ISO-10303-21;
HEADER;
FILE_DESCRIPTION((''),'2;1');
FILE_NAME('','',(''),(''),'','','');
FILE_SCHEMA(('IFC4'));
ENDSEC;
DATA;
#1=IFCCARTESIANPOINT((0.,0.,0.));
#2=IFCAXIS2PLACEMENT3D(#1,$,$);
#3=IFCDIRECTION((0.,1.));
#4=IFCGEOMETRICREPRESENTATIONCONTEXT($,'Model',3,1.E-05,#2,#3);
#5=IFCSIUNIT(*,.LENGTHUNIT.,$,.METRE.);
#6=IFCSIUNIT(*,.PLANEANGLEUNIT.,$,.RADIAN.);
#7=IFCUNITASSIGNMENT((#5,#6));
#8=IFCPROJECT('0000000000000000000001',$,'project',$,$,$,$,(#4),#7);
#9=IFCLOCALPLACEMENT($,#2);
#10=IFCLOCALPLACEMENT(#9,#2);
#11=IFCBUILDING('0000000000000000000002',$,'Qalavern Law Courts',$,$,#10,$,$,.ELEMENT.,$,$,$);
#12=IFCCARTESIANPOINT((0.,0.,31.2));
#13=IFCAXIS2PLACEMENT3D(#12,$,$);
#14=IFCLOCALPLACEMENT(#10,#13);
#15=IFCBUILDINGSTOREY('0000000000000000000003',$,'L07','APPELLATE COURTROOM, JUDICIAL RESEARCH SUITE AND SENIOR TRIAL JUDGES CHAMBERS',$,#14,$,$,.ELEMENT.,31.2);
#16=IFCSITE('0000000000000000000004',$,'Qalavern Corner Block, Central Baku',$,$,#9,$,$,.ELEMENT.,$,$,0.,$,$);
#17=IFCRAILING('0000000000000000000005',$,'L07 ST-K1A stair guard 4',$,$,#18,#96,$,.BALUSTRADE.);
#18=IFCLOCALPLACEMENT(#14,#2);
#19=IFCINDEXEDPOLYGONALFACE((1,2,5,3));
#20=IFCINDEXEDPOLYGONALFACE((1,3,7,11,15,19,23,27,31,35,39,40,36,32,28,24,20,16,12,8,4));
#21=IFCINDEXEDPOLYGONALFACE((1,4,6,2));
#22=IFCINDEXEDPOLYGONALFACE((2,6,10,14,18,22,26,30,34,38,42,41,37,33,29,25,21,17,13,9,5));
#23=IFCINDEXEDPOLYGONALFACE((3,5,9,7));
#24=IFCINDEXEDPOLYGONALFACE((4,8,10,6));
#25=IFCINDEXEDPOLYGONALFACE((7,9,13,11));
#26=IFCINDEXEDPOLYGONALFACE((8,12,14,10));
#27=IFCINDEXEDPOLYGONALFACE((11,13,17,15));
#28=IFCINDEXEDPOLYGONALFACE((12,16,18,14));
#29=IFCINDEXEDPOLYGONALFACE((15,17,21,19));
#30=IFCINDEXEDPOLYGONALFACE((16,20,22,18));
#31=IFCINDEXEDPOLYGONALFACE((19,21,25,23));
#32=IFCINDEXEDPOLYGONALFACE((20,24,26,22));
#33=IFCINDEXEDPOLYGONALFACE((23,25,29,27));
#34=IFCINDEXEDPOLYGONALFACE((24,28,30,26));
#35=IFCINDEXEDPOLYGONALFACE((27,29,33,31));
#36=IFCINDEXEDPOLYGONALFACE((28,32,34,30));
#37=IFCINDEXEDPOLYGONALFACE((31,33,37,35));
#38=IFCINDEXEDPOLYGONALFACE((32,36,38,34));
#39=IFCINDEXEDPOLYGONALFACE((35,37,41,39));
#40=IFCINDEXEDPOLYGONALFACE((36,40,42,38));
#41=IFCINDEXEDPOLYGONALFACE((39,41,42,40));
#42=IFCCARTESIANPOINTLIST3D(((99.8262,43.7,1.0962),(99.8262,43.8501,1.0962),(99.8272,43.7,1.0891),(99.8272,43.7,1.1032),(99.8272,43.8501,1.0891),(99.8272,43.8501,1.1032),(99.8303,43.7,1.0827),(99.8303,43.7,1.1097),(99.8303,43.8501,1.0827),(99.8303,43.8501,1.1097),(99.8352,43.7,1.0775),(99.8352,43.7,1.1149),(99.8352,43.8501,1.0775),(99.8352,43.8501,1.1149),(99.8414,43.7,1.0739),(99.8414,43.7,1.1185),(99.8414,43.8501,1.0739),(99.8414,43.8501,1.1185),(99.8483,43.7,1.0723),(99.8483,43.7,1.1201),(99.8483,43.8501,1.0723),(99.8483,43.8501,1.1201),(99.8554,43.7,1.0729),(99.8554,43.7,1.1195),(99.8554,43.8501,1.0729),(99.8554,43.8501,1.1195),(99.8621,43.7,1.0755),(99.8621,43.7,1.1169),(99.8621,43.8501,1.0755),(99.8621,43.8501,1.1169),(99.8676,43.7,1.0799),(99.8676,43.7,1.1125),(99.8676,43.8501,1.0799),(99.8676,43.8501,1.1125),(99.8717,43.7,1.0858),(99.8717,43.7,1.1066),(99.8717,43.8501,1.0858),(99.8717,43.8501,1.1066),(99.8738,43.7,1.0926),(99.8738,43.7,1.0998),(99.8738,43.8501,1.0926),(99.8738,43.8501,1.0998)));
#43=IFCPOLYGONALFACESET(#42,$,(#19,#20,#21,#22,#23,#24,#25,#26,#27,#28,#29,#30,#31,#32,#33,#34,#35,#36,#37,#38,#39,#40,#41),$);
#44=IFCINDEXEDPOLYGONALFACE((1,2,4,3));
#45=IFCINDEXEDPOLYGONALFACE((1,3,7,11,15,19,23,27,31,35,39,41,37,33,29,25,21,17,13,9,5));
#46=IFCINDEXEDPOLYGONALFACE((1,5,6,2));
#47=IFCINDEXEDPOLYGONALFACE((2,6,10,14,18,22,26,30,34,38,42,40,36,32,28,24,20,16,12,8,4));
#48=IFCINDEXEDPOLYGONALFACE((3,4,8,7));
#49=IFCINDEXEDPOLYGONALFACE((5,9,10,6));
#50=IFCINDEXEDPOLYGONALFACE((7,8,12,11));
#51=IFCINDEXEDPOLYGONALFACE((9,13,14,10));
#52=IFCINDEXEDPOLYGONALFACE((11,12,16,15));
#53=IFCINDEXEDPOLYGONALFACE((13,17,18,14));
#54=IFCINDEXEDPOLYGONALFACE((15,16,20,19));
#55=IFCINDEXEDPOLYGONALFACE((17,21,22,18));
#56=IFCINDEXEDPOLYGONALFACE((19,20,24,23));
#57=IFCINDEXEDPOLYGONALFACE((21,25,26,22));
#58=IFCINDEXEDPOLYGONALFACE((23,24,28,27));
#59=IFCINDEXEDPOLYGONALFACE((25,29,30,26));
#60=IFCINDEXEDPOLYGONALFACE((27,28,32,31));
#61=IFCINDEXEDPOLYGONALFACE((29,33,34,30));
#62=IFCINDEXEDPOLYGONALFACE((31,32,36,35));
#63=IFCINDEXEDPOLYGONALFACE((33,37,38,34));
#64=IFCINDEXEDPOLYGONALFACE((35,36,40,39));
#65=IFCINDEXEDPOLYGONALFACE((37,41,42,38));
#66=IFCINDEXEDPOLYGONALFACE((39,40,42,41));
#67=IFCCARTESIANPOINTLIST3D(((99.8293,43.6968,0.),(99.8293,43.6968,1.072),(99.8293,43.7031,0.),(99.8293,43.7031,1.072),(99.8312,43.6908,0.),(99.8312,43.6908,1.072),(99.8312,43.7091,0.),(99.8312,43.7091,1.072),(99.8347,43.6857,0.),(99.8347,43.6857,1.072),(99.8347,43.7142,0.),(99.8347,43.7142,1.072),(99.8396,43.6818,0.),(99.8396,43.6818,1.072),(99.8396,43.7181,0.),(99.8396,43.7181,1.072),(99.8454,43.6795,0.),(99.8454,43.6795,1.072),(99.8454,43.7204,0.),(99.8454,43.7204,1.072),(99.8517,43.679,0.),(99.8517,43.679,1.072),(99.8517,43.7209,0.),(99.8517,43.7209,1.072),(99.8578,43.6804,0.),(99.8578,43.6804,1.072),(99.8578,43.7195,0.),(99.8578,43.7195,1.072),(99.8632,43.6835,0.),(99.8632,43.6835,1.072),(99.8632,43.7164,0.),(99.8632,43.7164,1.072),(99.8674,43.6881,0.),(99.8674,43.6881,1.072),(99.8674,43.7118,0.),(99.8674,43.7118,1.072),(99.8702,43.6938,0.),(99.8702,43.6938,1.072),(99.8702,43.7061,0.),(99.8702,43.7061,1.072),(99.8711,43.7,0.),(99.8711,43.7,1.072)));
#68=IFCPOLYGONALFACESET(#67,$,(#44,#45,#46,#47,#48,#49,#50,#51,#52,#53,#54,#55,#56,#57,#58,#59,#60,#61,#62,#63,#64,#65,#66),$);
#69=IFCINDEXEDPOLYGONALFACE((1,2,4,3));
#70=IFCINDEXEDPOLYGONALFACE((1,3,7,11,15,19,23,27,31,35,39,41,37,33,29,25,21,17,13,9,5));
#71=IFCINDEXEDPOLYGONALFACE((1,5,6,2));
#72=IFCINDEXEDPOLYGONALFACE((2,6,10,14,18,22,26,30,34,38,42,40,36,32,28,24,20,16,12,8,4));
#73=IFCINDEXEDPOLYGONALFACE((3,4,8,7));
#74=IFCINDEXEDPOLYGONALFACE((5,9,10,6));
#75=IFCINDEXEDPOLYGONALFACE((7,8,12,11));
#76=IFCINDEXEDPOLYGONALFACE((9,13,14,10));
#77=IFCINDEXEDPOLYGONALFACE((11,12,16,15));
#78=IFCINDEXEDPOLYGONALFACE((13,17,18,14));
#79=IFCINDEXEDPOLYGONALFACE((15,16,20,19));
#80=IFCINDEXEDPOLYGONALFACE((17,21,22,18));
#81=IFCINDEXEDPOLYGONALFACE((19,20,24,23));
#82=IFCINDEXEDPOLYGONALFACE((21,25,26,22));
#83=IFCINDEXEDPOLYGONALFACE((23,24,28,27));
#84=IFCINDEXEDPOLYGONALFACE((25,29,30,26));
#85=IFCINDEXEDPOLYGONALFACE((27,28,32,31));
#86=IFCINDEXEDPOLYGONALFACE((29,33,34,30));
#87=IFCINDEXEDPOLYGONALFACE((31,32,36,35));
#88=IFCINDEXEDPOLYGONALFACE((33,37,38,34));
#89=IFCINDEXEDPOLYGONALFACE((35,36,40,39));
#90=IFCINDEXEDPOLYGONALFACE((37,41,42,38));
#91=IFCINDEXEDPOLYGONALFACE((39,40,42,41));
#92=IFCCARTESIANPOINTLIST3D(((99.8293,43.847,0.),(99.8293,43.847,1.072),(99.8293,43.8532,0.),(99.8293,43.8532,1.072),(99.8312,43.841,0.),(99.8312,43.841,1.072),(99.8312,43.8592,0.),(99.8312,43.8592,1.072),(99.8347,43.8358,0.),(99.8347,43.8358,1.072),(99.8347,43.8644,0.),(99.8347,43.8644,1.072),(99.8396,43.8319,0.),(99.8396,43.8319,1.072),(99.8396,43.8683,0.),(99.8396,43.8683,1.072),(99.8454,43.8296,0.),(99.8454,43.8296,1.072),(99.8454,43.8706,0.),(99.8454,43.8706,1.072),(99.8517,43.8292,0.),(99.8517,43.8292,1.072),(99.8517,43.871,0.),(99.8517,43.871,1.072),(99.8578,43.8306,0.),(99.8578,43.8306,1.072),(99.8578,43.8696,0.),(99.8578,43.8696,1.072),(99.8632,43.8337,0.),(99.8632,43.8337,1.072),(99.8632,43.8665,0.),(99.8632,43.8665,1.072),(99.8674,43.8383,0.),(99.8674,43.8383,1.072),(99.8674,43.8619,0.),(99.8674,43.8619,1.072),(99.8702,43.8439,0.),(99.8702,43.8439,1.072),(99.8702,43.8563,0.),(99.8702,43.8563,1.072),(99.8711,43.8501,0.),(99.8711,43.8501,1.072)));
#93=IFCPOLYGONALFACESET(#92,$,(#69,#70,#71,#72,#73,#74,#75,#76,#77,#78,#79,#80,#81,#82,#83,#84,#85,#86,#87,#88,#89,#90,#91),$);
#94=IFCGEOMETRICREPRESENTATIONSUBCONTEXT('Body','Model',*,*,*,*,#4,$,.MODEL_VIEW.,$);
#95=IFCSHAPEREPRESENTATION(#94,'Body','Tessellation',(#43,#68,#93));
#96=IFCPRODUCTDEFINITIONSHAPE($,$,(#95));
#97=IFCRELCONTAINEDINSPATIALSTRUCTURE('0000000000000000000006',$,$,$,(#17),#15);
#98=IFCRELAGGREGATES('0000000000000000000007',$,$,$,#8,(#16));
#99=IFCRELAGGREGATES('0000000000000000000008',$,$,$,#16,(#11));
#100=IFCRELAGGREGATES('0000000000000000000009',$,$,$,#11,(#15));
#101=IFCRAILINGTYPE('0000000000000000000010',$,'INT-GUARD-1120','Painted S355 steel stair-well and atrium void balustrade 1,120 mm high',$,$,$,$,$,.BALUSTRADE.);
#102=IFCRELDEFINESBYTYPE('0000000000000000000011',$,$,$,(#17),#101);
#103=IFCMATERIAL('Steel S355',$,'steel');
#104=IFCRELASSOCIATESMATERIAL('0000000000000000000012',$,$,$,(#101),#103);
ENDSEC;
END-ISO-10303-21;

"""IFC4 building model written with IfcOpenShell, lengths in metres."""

from ifc_helpers import new_model, si_unit, direction, frame, origin, origin_2d, place, context, subcontext, project, spatial, circle, extrude, material, type_object, element, save


model = new_model("IFC4")

# Units and contexts
model_context = context("Model", 3, precision=1e-05, world=origin(), true_north=direction((0.0, 1.0)))
body_context = subcontext(model_context, "Body", "Model", "MODEL_VIEW")
ifc_project = project(units=[si_unit("LENGTHUNIT", "METRE"), si_unit("PLANEANGLEUNIT", "RADIAN")], contexts=[model_context])

# Site, building, storey
site_placement = place(None, origin())
site = spatial("IfcSite", under=ifc_project, at=site_placement, Name="Qalavern Corner Block, Central Baku", CompositionType="ELEMENT", RefElevation=0.0)
building_placement = place(site_placement, origin())
building = spatial("IfcBuilding", under=site, at=building_placement, Name="Qalavern Law Courts", CompositionType="ELEMENT")
storey_placement = place(building_placement, frame((0.0, 0.0, 31.2)))
storey = spatial("IfcBuildingStorey", under=building, at=storey_placement, Name="L07", Description="APPELLATE COURTROOM, JUDICIAL RESEARCH SUITE AND SENIOR TRIAL JUDGES CHAMBERS", CompositionType="ELEMENT", Elevation=31.2)

# Railing
ifc_material_1 = material(Name="Steel S355", Category="steel")
railing_type_1 = type_object("IfcRailingType", Name="INT-GUARD-1120", Description="Painted S355 steel stair-well and atrium void balustrade 1,120 mm high", PredefinedType="BALUSTRADE", material=ifc_material_1)
railing_1_placement = place(storey_placement, frame((99.8501, 43.7, 0.0)))
element("IfcRailing", 1, at=railing_1_placement, inside=storey, type_object=railing_type_1, Name="L07 ST-K1A stair guard 4", PredefinedType="BALUSTRADE", context=body_context, shape_type="SweptSolid", body=[
    extrude(circle(Radius=0.0239, at=origin_2d()), frame((0.0, 0.0, 1.0962), z_axis=(0.0, 1.0, 0.0), x_axis=(-1.0, 0.0, 0.0)), (0.0, 0.0, 1.0), 0.1501),
    extrude(circle(Radius=0.021, at=origin_2d()), origin(), (0.0, 0.0, 1.0), 1.072),
    extrude(circle(Radius=0.021, at=origin_2d()), frame((0.0, 0.1501, 0.0)), (0.0, 0.0, 1.0), 1.072),
])

save(model, "model.ifc")
